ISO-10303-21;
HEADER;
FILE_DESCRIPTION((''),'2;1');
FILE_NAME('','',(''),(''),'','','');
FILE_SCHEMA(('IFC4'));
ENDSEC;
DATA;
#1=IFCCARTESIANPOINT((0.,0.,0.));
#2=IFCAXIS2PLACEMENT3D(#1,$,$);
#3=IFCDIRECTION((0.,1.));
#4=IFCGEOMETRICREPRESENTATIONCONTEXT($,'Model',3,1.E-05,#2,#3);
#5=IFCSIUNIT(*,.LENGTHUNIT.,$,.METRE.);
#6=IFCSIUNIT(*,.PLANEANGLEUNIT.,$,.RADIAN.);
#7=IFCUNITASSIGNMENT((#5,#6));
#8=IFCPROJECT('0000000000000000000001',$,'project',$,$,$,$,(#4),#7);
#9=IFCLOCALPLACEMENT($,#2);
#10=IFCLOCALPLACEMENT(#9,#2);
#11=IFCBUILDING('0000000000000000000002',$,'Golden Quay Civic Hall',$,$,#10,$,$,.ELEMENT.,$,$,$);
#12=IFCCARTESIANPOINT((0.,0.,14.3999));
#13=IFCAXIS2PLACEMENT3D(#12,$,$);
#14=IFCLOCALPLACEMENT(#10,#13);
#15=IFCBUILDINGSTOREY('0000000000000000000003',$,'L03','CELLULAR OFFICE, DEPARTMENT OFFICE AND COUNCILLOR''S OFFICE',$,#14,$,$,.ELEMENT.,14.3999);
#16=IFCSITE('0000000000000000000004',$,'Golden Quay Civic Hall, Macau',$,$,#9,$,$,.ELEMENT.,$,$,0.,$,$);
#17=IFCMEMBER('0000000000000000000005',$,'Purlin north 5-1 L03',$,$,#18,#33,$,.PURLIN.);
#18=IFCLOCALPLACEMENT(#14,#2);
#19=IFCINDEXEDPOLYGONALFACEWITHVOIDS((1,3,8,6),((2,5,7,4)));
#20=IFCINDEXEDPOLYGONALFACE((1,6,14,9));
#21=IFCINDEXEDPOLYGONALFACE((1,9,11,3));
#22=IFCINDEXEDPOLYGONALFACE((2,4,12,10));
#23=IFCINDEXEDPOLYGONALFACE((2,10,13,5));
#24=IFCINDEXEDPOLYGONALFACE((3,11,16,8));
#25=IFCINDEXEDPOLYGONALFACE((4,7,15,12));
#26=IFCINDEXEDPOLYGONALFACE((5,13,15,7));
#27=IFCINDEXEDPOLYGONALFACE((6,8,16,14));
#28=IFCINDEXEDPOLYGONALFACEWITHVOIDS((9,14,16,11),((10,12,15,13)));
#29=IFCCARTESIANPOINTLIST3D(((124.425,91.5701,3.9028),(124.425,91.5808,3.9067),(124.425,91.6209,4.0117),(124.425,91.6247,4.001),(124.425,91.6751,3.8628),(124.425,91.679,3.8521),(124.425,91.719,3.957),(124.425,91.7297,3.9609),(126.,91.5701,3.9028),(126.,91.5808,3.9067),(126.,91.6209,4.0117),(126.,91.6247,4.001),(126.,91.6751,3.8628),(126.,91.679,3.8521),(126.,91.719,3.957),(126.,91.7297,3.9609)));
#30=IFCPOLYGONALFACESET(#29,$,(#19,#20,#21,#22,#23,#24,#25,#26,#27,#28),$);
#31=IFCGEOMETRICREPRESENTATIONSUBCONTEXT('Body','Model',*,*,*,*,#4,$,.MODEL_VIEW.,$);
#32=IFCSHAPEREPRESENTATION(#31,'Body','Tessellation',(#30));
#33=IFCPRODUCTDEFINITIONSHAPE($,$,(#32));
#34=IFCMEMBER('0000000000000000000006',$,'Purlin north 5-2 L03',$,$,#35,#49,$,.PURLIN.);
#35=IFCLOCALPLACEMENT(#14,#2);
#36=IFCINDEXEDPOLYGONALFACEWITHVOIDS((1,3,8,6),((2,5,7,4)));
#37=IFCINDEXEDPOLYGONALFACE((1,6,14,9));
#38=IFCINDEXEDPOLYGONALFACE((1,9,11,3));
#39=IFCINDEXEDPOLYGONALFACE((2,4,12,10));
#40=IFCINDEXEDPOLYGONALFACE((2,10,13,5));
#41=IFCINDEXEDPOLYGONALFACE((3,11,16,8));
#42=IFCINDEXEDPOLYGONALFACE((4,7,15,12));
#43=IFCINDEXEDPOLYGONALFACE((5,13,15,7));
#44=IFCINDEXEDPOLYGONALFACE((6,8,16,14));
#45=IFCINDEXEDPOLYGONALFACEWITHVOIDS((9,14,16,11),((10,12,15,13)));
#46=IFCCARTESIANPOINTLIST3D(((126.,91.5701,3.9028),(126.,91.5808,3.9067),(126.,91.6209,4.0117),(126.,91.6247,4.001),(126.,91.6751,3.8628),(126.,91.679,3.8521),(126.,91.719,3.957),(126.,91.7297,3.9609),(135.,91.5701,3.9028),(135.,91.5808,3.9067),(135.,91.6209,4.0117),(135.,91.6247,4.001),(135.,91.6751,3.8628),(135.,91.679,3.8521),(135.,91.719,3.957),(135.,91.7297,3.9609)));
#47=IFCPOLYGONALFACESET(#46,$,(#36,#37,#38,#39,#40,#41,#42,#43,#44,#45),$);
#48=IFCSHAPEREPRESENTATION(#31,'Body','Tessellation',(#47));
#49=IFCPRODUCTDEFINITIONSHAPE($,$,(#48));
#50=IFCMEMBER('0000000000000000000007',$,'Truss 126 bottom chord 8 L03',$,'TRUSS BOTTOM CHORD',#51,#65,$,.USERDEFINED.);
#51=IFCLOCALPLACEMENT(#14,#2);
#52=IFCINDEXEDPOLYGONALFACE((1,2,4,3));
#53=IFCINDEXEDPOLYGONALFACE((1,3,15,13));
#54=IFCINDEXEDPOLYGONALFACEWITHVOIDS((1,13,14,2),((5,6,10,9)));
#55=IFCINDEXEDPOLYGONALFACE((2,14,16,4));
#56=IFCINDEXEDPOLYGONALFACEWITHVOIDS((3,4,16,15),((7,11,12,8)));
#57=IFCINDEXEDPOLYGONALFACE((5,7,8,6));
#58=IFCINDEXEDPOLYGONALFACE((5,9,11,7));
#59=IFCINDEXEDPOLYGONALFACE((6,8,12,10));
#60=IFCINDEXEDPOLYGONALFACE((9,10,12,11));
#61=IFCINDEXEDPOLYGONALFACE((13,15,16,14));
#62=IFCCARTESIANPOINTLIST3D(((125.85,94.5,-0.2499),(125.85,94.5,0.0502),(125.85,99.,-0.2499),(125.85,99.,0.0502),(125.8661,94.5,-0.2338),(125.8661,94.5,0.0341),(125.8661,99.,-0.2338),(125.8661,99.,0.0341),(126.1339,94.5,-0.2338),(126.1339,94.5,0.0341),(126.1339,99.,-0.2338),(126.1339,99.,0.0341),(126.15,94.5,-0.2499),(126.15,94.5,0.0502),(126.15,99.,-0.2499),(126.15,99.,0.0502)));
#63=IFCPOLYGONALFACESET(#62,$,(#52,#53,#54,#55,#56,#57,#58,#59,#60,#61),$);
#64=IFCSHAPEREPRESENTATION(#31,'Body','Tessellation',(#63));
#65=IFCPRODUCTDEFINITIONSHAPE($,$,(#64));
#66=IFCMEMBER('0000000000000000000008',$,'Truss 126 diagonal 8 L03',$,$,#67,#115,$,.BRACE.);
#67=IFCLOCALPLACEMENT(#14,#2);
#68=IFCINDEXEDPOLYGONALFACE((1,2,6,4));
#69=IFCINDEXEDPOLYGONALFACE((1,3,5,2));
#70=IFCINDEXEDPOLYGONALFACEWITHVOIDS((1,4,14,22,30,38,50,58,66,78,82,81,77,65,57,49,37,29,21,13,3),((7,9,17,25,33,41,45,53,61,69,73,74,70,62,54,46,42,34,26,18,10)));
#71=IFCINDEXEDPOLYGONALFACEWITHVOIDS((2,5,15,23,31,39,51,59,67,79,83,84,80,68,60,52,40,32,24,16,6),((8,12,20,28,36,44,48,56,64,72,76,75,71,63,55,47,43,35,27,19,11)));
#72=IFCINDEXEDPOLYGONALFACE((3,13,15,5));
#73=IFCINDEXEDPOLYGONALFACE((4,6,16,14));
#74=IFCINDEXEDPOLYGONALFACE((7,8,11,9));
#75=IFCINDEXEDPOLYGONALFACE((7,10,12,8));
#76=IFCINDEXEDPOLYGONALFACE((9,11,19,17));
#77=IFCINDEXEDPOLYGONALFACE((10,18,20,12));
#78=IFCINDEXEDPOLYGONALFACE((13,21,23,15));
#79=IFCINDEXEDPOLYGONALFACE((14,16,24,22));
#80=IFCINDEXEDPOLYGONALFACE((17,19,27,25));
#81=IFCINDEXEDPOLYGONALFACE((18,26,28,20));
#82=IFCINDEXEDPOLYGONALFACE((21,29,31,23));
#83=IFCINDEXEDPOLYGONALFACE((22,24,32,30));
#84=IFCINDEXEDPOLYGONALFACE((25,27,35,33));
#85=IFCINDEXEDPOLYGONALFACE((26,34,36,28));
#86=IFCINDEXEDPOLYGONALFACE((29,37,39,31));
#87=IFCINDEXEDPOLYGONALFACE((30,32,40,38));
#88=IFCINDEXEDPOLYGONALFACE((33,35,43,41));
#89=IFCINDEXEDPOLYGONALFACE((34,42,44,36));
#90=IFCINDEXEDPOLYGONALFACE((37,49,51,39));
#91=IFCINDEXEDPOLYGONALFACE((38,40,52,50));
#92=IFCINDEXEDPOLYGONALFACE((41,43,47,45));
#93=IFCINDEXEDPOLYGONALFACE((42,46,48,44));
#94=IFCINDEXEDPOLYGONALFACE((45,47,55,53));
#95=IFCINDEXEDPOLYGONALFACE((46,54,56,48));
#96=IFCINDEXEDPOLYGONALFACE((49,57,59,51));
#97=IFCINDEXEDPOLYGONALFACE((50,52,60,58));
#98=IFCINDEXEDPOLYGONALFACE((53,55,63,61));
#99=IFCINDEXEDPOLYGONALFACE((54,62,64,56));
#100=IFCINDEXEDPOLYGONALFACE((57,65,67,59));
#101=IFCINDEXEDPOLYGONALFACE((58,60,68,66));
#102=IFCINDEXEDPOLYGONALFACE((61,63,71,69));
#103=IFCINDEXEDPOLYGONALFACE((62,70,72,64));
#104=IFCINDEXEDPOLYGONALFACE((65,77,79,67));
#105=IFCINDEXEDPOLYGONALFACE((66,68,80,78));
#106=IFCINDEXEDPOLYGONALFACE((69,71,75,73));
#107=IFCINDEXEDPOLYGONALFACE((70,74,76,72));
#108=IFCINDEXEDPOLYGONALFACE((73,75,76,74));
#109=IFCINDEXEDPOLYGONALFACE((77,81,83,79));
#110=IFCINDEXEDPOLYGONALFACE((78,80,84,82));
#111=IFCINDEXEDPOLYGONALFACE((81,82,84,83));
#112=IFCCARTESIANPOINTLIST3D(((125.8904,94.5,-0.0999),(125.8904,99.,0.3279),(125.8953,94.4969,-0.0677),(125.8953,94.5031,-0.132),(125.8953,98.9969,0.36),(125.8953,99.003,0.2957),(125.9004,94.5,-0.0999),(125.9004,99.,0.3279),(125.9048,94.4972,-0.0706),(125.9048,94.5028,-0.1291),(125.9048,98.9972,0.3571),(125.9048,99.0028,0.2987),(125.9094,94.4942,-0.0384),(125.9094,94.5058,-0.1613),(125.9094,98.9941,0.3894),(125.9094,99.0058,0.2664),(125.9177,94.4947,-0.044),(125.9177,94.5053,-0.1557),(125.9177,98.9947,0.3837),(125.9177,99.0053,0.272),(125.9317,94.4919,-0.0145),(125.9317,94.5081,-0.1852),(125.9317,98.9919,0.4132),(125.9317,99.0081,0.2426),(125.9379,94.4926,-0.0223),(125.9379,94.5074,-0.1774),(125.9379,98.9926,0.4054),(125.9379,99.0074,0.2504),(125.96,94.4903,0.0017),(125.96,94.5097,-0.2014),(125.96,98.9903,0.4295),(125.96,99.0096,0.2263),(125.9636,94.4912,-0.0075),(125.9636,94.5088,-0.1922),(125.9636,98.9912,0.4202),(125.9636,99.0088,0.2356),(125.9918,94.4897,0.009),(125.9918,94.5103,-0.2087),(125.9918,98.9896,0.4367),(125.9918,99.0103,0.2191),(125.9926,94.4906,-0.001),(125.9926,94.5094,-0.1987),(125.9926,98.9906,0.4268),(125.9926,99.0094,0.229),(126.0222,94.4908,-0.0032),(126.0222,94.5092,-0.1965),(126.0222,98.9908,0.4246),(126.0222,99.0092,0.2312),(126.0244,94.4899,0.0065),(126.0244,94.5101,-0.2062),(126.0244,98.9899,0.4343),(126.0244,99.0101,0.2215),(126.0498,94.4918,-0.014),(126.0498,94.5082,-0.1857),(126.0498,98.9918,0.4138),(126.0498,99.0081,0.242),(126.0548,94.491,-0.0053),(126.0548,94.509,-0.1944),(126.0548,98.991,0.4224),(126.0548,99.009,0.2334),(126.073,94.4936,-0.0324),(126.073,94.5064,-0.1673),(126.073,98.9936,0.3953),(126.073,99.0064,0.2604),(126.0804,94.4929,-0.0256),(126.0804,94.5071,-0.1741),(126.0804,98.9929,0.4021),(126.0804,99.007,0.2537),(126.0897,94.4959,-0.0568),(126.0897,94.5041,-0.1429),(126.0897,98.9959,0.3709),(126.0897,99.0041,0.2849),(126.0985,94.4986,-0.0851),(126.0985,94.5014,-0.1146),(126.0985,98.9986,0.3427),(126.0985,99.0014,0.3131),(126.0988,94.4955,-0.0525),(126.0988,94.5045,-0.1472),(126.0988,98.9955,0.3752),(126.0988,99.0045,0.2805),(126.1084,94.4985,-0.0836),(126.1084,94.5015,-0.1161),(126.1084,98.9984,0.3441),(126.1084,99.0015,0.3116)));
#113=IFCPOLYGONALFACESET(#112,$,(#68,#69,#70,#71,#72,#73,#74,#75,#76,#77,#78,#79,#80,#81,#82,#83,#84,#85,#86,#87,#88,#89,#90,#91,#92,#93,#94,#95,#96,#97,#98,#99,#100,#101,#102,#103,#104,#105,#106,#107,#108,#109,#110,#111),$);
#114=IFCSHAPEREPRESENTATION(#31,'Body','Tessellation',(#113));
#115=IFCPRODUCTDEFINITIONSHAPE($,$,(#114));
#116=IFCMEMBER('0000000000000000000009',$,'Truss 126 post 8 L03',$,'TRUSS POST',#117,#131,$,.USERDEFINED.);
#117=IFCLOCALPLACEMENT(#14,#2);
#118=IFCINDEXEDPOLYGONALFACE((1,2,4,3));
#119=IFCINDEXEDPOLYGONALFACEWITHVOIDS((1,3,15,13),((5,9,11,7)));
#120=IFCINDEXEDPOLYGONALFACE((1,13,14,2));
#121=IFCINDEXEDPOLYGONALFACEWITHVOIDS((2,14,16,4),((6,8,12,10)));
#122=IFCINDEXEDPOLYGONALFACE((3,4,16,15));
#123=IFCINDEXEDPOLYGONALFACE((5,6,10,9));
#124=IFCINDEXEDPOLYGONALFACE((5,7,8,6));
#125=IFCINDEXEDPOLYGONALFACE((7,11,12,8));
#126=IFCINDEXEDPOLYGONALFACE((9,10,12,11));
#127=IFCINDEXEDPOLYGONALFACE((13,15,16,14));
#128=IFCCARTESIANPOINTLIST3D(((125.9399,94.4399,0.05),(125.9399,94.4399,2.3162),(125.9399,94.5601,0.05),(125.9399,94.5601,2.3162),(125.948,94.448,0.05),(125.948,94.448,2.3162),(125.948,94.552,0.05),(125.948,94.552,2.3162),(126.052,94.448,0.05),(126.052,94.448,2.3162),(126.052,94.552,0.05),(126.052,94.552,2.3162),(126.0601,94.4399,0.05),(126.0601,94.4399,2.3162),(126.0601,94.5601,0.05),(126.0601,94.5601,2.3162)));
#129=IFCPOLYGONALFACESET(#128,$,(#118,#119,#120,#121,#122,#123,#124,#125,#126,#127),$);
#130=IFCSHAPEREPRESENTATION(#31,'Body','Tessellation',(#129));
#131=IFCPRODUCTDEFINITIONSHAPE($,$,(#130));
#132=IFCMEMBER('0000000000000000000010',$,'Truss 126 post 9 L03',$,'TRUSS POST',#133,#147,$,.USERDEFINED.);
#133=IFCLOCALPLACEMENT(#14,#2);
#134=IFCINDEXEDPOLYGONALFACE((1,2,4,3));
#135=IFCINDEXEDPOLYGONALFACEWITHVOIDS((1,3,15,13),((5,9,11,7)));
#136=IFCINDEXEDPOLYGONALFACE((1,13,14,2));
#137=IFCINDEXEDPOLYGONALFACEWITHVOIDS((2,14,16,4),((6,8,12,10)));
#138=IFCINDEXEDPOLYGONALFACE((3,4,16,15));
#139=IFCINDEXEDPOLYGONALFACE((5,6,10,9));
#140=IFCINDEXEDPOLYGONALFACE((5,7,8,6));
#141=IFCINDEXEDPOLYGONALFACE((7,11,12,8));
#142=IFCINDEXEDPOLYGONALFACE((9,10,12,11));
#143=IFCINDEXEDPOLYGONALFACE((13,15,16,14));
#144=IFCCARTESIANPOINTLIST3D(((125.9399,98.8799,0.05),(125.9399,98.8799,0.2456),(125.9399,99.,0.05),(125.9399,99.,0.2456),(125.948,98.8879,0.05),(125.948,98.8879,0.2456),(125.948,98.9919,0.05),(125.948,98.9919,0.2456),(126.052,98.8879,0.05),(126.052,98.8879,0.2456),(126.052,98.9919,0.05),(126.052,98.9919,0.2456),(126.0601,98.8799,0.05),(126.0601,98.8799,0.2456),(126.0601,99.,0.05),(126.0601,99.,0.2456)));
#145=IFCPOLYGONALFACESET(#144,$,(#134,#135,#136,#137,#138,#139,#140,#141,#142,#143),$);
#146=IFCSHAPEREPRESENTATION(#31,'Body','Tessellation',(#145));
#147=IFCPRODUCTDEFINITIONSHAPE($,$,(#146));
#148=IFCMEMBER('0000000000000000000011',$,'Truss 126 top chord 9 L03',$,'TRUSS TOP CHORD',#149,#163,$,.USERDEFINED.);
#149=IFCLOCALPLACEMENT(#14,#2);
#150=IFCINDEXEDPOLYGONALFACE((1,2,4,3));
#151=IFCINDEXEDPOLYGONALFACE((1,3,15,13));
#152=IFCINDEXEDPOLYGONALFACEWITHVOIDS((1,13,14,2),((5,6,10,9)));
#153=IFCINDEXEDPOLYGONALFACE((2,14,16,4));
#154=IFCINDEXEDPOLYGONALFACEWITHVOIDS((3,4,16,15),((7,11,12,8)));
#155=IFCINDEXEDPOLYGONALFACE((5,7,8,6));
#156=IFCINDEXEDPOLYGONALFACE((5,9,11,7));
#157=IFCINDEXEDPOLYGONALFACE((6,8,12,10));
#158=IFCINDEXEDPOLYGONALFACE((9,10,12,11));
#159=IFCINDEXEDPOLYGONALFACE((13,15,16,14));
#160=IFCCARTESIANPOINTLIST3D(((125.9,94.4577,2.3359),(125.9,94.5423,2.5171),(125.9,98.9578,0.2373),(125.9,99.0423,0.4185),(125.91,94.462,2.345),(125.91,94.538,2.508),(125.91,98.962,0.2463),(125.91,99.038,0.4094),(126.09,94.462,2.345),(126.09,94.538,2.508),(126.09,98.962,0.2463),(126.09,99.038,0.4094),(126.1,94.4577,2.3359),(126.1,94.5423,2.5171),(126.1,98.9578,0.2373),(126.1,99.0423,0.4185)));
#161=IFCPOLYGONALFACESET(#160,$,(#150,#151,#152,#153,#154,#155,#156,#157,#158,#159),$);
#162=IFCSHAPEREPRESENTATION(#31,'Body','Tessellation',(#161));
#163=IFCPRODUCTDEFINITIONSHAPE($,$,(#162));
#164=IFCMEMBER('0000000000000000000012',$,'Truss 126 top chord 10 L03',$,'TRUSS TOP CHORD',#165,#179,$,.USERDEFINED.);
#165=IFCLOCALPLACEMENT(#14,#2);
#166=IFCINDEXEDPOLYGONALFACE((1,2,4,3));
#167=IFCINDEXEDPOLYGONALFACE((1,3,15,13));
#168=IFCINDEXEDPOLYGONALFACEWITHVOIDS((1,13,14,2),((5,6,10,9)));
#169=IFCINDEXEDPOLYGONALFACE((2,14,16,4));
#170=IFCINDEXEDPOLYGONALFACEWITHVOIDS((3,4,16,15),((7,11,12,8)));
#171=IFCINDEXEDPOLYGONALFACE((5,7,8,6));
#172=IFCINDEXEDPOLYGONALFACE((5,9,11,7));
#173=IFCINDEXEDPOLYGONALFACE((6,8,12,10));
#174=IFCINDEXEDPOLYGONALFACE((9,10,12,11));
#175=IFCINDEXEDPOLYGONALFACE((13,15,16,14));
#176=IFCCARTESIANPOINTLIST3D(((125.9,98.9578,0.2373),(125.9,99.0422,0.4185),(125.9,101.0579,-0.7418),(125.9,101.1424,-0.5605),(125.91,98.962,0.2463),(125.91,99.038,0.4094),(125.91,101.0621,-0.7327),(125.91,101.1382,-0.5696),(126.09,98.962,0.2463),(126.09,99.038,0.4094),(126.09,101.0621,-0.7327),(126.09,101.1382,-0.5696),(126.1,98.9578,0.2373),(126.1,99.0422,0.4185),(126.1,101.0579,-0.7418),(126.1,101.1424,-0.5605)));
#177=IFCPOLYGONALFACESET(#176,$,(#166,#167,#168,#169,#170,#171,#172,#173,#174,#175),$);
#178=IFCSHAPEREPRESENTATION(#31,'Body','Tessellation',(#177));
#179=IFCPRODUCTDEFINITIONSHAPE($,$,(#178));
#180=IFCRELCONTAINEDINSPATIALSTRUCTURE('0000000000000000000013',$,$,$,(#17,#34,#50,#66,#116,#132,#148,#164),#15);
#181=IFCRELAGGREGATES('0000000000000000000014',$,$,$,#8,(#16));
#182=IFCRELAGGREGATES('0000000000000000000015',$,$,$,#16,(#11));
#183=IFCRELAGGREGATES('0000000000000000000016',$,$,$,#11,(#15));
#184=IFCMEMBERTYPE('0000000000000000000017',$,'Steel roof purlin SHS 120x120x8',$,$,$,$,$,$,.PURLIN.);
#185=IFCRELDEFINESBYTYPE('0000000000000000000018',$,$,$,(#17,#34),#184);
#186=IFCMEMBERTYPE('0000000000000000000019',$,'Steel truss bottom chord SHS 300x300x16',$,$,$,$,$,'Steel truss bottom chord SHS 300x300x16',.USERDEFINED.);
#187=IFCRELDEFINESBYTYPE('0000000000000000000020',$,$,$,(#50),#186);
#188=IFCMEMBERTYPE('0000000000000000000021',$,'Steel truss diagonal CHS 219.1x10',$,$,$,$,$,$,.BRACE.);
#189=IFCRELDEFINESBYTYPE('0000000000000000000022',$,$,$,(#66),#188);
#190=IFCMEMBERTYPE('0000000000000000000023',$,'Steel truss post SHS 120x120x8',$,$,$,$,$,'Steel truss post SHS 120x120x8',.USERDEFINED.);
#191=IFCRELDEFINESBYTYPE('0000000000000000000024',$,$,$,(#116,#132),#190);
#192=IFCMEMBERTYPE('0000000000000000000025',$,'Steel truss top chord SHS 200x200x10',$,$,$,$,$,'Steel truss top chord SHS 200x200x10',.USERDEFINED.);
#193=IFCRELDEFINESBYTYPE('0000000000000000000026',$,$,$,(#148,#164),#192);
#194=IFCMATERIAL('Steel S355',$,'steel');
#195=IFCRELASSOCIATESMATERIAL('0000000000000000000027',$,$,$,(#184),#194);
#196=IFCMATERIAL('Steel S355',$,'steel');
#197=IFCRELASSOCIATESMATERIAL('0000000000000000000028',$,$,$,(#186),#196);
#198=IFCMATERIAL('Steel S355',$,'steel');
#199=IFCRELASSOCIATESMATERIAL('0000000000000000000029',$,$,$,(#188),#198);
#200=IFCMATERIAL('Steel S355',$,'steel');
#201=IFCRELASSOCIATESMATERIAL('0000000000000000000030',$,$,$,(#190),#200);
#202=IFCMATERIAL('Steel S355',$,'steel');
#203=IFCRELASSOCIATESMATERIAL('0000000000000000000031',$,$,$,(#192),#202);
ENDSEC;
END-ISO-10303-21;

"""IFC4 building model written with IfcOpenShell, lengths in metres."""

from ifc_helpers import new_model, si_unit, direction, frame, origin, origin_2d, place, context, subcontext, project, spatial, hollow_rectangle, hollow_circle, extrude, material, material_profile, profile_set, type_object, element, save


model = new_model("IFC4")

# Units and contexts
model_context = context("Model", 3, precision=1e-05, world=origin(), true_north=direction((0.0, 1.0)))
body_context = subcontext(model_context, "Body", "Model", "MODEL_VIEW")
ifc_project = project(units=[si_unit("LENGTHUNIT", "METRE"), si_unit("PLANEANGLEUNIT", "RADIAN")], contexts=[model_context])

# Site, building, storey
site_placement = place(None, origin())
site = spatial("IfcSite", under=ifc_project, at=site_placement, Name="Golden Quay Civic Hall, Macau", CompositionType="ELEMENT", RefElevation=0.0)
building_placement = place(site_placement, origin())
building = spatial("IfcBuilding", under=site, at=building_placement, Name="Golden Quay Civic Hall", CompositionType="ELEMENT")
storey_placement = place(building_placement, frame((0.0, 0.0, 14.3999)))
storey = spatial("IfcBuildingStorey", under=building, at=storey_placement, Name="L03", Description="CELLULAR OFFICE, DEPARTMENT OFFICE AND COUNCILLOR'S OFFICE", CompositionType="ELEMENT", Elevation=14.3999)

# Members
ifc_material_1 = material(Name="Steel S355", Category="steel")
ifc_material_profile_1 = material_profile(ifc_material_1, hollow_rectangle(XDim=0.1201, YDim=0.1201, WallThickness=0.0081, at=origin_2d()), Name="SHS 120x120x8")
ifc_profile_set_1 = profile_set([ifc_material_profile_1], Name="Steel S355")
member_type_1 = type_object("IfcMemberType", Name="Steel roof purlin SHS 120x120x8", PredefinedType="PURLIN", material=ifc_profile_set_1)
member_1_placement = place(storey_placement, frame((124.425, 91.6499, 3.9319), z_axis=(1.0, 0.0, 0.0), x_axis=(0.0, 0.906308, -0.422618)))
element("IfcMember", 1, at=member_1_placement, inside=storey, type_object=member_type_1, Name="Purlin north 5-1 L03", PredefinedType="PURLIN", context=body_context, shape_type="SweptSolid", body=[
    extrude(hollow_rectangle(XDim=0.1201, YDim=0.1201, WallThickness=0.0081, at=origin_2d()), origin(), (0.0, 0.0, 1.0), 1.575),
])
member_2_placement = place(storey_placement, frame((126.0, 91.6499, 3.9319), z_axis=(1.0, 0.0, 0.0), x_axis=(0.0, 0.906308, -0.422618)))
element("IfcMember", 2, at=member_2_placement, inside=storey, type_object=member_type_1, Name="Purlin north 5-2 L03", PredefinedType="PURLIN", context=body_context, shape_type="SweptSolid", body=[
    extrude(hollow_rectangle(XDim=0.1201, YDim=0.1201, WallThickness=0.0081, at=origin_2d()), origin(), (0.0, 0.0, 1.0), 9.0),
])
ifc_material_2 = material(Name="Steel S355", Category="steel")
ifc_material_profile_2 = material_profile(ifc_material_2, hollow_rectangle(XDim=0.3, YDim=0.3, WallThickness=0.0161, at=origin_2d()), Name="SHS 300x300x16")
ifc_profile_set_2 = profile_set([ifc_material_profile_2], Name="Steel S355")
member_type_2 = type_object("IfcMemberType", Name="Steel truss bottom chord SHS 300x300x16", ElementType="Steel truss bottom chord SHS 300x300x16", PredefinedType="USERDEFINED", material=ifc_profile_set_2)
member_3_placement = place(storey_placement, frame((126.0, 94.5, -0.0999), z_axis=(0.0, 1.0, 0.0), x_axis=(-1.0, 0.0, 0.0)))
element("IfcMember", 3, at=member_3_placement, inside=storey, type_object=member_type_2, Name="Truss 126 bottom chord 8 L03", ObjectType="TRUSS BOTTOM CHORD", PredefinedType="USERDEFINED", context=body_context, shape_type="SweptSolid", body=[
    extrude(hollow_rectangle(XDim=0.3, YDim=0.3, WallThickness=0.0161, at=origin_2d()), origin(), (0.0, 0.0, 1.0), 4.5),
])
ifc_material_3 = material(Name="Steel S355", Category="steel")
ifc_material_profile_3 = material_profile(ifc_material_3, hollow_circle(Radius=0.1096, WallThickness=0.01, at=origin_2d()), Name="CHS 219.1x10")
ifc_profile_set_3 = profile_set([ifc_material_profile_3], Name="Steel S355")
member_type_3 = type_object("IfcMemberType", Name="Steel truss diagonal CHS 219.1x10", PredefinedType="BRACE", material=ifc_profile_set_3)
member_4_placement = place(storey_placement, frame((126.0, 94.5, -0.0999), z_axis=(0.0, 0.995513, 0.094626), x_axis=(-1.0, 0.0, 0.0)))
element("IfcMember", 4, at=member_4_placement, inside=storey, type_object=member_type_3, Name="Truss 126 diagonal 8 L03", PredefinedType="BRACE", context=body_context, shape_type="SweptSolid", body=[
    extrude(hollow_circle(Radius=0.1096, WallThickness=0.01, at=origin_2d()), origin(), (0.0, 0.0, 1.0), 4.5203),
])
ifc_material_4 = material(Name="Steel S355", Category="steel")
ifc_material_profile_4 = material_profile(ifc_material_4, hollow_rectangle(XDim=0.1201, YDim=0.1201, WallThickness=0.0081, at=origin_2d()), Name="SHS 120x120x8")
ifc_profile_set_4 = profile_set([ifc_material_profile_4], Name="Steel S355")
member_type_4 = type_object("IfcMemberType", Name="Steel truss post SHS 120x120x8", ElementType="Steel truss post SHS 120x120x8", PredefinedType="USERDEFINED", material=ifc_profile_set_4)
member_5_placement = place(storey_placement, frame((126.0, 94.5, 0.05), z_axis=(0.0, 0.0, 1.0), x_axis=(1.0, 0.0, 0.0)))
element("IfcMember", 5, at=member_5_placement, inside=storey, type_object=member_type_4, Name="Truss 126 post 8 L03", ObjectType="TRUSS POST", PredefinedType="USERDEFINED", context=body_context, shape_type="SweptSolid", body=[
    extrude(hollow_rectangle(XDim=0.1201, YDim=0.1201, WallThickness=0.0081, at=origin_2d()), origin(), (0.0, 0.0, 1.0), 2.2661),
])
member_6_placement = place(storey_placement, frame((126.0, 98.9399, 0.05), z_axis=(0.0, 0.0, 1.0), x_axis=(1.0, 0.0, 0.0)))
element("IfcMember", 6, at=member_6_placement, inside=storey, type_object=member_type_4, Name="Truss 126 post 9 L03", ObjectType="TRUSS POST", PredefinedType="USERDEFINED", context=body_context, shape_type="SweptSolid", body=[
    extrude(hollow_rectangle(XDim=0.1201, YDim=0.1201, WallThickness=0.0081, at=origin_2d()), origin(), (0.0, 0.0, 1.0), 0.1956),
])
ifc_material_5 = material(Name="Steel S355", Category="steel")
ifc_material_profile_5 = material_profile(ifc_material_5, hollow_rectangle(XDim=0.2, YDim=0.2, WallThickness=0.01, at=origin_2d()), Name="SHS 200x200x10")
ifc_profile_set_5 = profile_set([ifc_material_profile_5], Name="Steel S355")
member_type_5 = type_object("IfcMemberType", Name="Steel truss top chord SHS 200x200x10", ElementType="Steel truss top chord SHS 200x200x10", PredefinedType="USERDEFINED", material=ifc_profile_set_5)
member_7_placement = place(storey_placement, frame((126.0, 94.5, 2.4265), z_axis=(0.0, 0.906289, -0.422659), x_axis=(-1.0, 0.0, 0.0)))
element("IfcMember", 7, at=member_7_placement, inside=storey, type_object=member_type_5, Name="Truss 126 top chord 9 L03", ObjectType="TRUSS TOP CHORD", PredefinedType="USERDEFINED", context=body_context, shape_type="SweptSolid", body=[
    extrude(hollow_rectangle(XDim=0.2, YDim=0.2, WallThickness=0.01, at=origin_2d()), origin(), (0.0, 0.0, 1.0), 4.9653),
])
member_8_placement = place(storey_placement, frame((126.0, 99.0, 0.3279), z_axis=(0.0, 0.906355, -0.422516), x_axis=(-1.0, 0.0, 0.0)))
element("IfcMember", 8, at=member_8_placement, inside=storey, type_object=member_type_5, Name="Truss 126 top chord 10 L03", ObjectType="TRUSS TOP CHORD", PredefinedType="USERDEFINED", context=body_context, shape_type="SweptSolid", body=[
    extrude(hollow_rectangle(XDim=0.2, YDim=0.2, WallThickness=0.01, at=origin_2d()), origin(), (0.0, 0.0, 1.0), 2.3171),
])

save(model, "model.ifc")
